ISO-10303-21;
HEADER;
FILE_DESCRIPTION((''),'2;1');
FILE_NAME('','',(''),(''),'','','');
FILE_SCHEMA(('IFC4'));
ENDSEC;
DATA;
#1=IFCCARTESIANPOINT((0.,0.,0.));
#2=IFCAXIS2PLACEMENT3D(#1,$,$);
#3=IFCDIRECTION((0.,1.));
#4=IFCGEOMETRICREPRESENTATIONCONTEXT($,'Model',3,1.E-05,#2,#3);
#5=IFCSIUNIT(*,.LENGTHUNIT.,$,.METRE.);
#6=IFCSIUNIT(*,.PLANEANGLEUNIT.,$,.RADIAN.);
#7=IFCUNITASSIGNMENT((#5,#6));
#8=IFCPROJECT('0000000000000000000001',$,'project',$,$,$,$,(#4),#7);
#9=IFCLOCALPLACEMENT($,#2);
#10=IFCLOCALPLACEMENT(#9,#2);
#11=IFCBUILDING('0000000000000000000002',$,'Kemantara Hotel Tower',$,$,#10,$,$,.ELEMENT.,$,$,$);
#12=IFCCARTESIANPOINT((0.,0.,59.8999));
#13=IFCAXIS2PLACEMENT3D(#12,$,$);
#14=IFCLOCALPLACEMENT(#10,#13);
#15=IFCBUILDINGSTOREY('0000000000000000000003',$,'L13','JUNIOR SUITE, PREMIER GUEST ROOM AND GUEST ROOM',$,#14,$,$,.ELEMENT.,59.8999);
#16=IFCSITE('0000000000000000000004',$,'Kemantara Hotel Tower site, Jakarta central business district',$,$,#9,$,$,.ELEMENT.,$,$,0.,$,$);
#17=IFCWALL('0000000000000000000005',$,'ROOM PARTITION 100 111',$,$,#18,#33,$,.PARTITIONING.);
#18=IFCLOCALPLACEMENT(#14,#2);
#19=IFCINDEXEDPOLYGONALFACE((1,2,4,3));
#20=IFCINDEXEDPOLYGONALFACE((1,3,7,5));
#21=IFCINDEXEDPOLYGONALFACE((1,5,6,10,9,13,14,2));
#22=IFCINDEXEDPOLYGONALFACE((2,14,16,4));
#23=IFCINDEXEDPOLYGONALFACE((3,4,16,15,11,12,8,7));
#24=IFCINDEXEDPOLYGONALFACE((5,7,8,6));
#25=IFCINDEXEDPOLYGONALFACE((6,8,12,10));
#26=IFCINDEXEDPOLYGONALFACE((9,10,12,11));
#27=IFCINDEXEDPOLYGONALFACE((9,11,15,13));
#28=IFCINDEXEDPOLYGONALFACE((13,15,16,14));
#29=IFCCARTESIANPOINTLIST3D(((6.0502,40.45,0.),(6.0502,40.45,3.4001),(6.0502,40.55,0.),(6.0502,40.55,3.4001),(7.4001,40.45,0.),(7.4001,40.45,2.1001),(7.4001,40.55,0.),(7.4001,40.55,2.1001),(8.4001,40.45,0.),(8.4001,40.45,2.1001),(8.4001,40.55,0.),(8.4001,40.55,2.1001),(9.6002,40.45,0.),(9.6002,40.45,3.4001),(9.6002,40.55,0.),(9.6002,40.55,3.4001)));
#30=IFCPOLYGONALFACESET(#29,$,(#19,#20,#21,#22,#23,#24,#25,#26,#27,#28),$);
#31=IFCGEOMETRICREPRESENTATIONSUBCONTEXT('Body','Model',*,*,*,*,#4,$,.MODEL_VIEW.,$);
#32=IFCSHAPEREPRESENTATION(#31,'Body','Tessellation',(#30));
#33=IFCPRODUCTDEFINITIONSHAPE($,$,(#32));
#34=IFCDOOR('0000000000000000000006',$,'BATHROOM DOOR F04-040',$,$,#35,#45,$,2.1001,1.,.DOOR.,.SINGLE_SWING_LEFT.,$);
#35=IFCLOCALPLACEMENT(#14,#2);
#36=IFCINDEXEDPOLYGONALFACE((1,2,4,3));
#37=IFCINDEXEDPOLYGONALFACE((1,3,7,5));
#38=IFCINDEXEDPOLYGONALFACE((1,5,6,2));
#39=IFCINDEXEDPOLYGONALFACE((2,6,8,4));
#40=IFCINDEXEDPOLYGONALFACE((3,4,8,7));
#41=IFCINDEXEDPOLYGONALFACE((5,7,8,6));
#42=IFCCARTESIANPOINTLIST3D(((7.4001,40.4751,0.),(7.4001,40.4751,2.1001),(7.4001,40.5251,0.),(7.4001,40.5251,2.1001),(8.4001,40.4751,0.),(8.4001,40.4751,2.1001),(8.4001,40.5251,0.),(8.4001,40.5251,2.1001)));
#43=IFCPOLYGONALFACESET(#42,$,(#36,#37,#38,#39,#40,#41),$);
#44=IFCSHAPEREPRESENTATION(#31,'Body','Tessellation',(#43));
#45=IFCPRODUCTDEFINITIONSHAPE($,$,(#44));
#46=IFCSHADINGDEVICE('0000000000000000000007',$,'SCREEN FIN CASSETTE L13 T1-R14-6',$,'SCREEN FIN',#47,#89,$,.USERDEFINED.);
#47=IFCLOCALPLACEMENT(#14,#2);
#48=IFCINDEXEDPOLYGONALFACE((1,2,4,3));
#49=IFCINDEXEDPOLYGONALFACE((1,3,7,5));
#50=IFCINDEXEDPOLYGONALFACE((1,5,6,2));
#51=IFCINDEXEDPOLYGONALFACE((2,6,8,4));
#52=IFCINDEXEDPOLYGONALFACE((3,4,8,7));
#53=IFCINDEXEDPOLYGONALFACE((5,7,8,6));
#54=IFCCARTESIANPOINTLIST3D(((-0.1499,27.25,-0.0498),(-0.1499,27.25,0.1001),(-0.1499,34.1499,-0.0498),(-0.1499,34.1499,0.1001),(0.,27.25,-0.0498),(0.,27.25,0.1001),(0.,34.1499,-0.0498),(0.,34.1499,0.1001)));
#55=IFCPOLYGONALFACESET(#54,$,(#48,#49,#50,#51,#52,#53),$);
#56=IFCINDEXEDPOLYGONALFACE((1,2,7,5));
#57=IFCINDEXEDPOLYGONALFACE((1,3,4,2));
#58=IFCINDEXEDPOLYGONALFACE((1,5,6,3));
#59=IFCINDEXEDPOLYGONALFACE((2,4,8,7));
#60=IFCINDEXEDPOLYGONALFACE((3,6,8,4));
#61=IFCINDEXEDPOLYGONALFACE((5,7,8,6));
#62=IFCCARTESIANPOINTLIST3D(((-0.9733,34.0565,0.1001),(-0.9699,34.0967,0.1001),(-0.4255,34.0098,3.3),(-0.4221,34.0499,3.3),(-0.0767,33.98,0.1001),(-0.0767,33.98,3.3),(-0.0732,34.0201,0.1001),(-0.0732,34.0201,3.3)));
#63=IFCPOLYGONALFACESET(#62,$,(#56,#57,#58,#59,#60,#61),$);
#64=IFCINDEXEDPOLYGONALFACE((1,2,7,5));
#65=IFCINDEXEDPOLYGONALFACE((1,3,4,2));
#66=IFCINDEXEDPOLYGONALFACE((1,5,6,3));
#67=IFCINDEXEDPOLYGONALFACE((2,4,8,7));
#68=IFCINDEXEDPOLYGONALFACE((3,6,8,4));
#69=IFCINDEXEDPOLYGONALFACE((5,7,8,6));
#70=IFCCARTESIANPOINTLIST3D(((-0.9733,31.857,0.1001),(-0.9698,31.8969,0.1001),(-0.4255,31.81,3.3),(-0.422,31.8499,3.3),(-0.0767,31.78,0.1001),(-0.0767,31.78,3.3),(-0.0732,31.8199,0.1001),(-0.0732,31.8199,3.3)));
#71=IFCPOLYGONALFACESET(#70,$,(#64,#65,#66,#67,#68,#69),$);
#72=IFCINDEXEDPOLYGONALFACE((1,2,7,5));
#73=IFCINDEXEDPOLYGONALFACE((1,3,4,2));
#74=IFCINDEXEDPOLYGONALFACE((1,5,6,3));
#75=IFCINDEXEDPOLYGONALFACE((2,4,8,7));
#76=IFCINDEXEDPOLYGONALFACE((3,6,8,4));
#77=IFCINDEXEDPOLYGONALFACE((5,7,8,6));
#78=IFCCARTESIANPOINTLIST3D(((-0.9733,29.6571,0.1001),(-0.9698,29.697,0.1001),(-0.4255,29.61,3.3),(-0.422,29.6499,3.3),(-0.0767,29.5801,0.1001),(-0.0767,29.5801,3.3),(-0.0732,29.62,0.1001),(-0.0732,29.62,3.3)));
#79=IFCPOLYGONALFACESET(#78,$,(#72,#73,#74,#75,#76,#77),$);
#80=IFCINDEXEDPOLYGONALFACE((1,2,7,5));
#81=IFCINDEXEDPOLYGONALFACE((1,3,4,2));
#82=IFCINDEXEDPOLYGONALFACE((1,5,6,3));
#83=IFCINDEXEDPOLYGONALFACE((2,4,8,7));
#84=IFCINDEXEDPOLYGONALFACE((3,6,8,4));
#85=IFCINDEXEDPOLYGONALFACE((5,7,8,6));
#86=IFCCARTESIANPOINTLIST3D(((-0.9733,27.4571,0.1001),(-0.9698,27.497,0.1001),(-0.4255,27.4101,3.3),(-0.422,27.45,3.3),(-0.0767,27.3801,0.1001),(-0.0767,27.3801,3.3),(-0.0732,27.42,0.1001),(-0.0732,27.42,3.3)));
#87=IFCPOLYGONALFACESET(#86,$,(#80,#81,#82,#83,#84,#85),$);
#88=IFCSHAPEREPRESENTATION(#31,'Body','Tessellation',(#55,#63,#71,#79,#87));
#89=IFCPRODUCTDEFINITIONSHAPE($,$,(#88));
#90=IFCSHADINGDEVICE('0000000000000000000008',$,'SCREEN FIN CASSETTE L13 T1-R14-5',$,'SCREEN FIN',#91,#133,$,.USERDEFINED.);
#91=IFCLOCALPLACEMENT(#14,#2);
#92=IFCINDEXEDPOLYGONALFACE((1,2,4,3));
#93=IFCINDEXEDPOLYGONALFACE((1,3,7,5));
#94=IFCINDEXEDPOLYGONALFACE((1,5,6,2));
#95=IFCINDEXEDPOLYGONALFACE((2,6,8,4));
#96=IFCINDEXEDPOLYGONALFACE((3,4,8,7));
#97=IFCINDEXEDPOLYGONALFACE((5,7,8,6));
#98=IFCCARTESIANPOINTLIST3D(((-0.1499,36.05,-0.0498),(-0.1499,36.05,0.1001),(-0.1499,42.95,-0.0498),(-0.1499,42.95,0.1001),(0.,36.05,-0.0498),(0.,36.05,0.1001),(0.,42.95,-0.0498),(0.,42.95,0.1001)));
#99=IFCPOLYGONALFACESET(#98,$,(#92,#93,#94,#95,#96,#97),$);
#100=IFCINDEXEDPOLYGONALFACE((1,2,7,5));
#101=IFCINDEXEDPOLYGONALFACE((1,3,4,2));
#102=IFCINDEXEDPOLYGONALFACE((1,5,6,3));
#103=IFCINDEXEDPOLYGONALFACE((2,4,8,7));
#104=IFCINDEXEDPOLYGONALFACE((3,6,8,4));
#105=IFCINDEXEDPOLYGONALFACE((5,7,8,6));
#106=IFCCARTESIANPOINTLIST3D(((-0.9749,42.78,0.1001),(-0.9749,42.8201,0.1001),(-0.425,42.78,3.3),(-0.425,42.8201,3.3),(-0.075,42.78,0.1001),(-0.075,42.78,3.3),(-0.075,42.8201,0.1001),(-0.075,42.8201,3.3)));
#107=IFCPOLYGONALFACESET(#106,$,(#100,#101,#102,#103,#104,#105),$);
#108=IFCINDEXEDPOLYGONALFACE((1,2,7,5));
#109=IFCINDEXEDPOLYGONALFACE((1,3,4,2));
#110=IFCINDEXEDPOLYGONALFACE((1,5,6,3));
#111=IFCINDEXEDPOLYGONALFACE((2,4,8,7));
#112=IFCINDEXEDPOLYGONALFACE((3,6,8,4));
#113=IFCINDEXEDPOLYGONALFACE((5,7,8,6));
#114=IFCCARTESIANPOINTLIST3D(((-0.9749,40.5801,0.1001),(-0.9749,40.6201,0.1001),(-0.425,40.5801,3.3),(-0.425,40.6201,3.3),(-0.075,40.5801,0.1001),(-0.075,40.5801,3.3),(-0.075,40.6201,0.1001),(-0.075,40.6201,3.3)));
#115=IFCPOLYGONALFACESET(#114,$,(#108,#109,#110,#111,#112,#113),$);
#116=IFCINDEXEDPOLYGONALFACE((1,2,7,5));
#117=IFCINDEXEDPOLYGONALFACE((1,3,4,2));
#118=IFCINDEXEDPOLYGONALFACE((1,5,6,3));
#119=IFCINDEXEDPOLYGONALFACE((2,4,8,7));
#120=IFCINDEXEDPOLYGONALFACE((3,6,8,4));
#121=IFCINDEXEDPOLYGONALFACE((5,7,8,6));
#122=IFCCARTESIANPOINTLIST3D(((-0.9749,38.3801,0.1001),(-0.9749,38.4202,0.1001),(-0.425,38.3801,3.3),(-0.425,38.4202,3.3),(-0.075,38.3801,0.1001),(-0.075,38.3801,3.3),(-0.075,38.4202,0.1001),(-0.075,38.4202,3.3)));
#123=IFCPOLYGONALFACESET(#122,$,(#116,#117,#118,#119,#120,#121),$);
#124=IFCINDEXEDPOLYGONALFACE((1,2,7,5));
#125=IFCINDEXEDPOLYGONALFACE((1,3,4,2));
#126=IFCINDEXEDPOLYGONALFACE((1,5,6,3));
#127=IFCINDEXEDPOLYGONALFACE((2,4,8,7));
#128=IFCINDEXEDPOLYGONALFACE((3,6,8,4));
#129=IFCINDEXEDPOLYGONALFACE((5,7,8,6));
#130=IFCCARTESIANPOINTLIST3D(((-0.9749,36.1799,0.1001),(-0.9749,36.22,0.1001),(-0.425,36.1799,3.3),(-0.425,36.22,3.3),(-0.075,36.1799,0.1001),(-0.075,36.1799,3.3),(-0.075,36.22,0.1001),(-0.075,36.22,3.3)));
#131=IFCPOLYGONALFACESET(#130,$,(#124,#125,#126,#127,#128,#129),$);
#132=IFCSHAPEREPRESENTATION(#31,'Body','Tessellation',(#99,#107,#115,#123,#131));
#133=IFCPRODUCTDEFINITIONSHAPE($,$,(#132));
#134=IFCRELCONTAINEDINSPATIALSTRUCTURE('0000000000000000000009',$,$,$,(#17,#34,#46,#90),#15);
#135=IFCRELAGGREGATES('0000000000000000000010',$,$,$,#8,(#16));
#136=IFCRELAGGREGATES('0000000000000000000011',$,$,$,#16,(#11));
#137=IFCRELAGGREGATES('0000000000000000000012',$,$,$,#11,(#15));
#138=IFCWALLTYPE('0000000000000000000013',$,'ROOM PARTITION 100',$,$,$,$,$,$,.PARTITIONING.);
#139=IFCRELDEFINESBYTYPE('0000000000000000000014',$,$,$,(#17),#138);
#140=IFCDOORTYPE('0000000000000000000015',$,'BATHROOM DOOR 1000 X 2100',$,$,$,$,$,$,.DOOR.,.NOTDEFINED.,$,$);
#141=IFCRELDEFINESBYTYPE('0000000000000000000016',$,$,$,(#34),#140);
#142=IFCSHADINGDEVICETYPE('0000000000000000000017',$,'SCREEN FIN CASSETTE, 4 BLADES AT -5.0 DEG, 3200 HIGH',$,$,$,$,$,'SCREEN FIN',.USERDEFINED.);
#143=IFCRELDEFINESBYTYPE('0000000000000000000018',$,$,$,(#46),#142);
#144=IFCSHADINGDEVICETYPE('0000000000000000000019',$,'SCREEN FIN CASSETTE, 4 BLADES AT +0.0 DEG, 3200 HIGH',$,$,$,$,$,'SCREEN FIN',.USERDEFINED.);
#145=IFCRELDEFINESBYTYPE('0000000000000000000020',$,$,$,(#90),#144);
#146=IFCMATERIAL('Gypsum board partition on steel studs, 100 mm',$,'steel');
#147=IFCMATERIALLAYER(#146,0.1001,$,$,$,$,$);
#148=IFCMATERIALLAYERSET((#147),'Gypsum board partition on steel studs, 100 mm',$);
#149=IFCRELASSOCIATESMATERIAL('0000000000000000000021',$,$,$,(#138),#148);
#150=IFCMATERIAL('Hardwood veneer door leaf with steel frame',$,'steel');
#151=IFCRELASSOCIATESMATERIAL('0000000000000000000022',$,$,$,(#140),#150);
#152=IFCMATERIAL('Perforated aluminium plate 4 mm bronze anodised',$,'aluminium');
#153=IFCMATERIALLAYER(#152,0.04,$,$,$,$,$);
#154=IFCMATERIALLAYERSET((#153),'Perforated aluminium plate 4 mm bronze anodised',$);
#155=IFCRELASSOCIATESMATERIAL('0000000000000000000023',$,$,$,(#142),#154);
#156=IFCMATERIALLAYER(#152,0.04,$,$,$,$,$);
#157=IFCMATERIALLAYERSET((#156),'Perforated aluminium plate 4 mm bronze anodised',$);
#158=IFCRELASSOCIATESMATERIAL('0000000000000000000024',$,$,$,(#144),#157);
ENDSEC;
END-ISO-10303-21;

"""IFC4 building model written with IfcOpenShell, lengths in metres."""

from ifc_helpers import new_model, si_unit, direction, frame, frame_2d, origin, origin_2d, place, context, subcontext, project, spatial, polyline, rectangle, outline, extrude, source, transform, mapped, material, layer, layer_set, type_object, element, fill, save


model = new_model("IFC4")

# Units and contexts
model_context = context("Model", 3, precision=1e-05, world=origin(), true_north=direction((0.0, 1.0)))
body_context = subcontext(model_context, "Body", "Model", "MODEL_VIEW")
ifc_project = project(units=[si_unit("LENGTHUNIT", "METRE"), si_unit("PLANEANGLEUNIT", "RADIAN")], contexts=[model_context])

# Site, building, storey
site_placement = place(None, origin())
site = spatial("IfcSite", under=ifc_project, at=site_placement, Name="Kemantara Hotel Tower site, Jakarta central business district", CompositionType="ELEMENT", RefElevation=0.0)
building_placement = place(site_placement, origin())
building = spatial("IfcBuilding", under=site, at=building_placement, Name="Kemantara Hotel Tower", CompositionType="ELEMENT")
storey_placement = place(building_placement, frame((0.0, 0.0, 59.8999)))
storey = spatial("IfcBuildingStorey", under=building, at=storey_placement, Name="L13", Description="JUNIOR SUITE, PREMIER GUEST ROOM AND GUEST ROOM", CompositionType="ELEMENT", Elevation=59.8999)

# Shared definitions
ifc_material_1 = material(Name="Hardwood veneer door leaf with steel frame", Category="steel")

# Shared definitions
ifc_material_2 = material(Name="Gypsum board partition on steel studs, 100 mm", Category="steel")
ifc_layer_1 = layer(ifc_material_2, 0.1001)
ifc_layer_set_1 = layer_set([ifc_layer_1], Name="Gypsum board partition on steel studs, 100 mm")
wall_type_1 = type_object("IfcWallType", Name="ROOM PARTITION 100", PredefinedType="PARTITIONING", material=ifc_layer_set_1)

# Wall, opening, door
wall_1_placement = place(storey_placement, frame((9.6001, 40.5, 0.0), z_axis=(0.0, 0.0, 1.0), x_axis=(-1.0, 0.0, 0.0)))
wall_1 = element("IfcWall", 1, at=wall_1_placement, inside=storey, type_object=wall_type_1, Name="ROOM PARTITION 100 111", PredefinedType="PARTITIONING", context=body_context, shape_type="SweptSolid", body=[
    extrude(rectangle(XDim=3.55, YDim=0.1001, at=frame_2d((1.7749, 0.0))), origin(), (0.0, 0.0, 1.0), 3.4001),
])
opening_1_placement = place(wall_1_placement, frame((1.2, 0.0, 0.0)))
opening_1 = element("IfcOpeningElement", 2, at=opening_1_placement, cuts=wall_1, PredefinedType="OPENING", context=body_context, shape_type="SweptSolid", body=[
    extrude(rectangle(XDim=1.0, YDim=2.1001, at=frame_2d((0.5, 1.05))), frame((0.0, 0.0601, 0.0), z_axis=(0.0, -1.0, 0.0), x_axis=(1.0, 0.0, 0.0)), (0.0, 0.0, 1.0), 0.1201),
])
door_type_1 = type_object("IfcDoorType", Name="BATHROOM DOOR 1000 X 2100", OperationType="NOTDEFINED", PredefinedType="DOOR", material=ifc_material_1)
door_1_placement = place(opening_1_placement, origin())
door_1 = element("IfcDoor", 3, at=door_1_placement, inside=storey, type_object=door_type_1, Name="BATHROOM DOOR F04-040", OperationType="SINGLE_SWING_LEFT", OverallHeight=2.1001, OverallWidth=1.0, PredefinedType="DOOR", context=body_context, shape_type="SweptSolid", body=[
    extrude(rectangle(XDim=1.0, YDim=2.1001, at=frame_2d((0.5, 1.05))), frame((0.0, 0.0249, 0.0), z_axis=(0.0, -1.0, 0.0), x_axis=(1.0, 0.0, 0.0)), (0.0, 0.0, 1.0), 0.05),
])
fill(opening_1, door_1)

# Shading devices
ifc_material_3 = material(Name="Perforated aluminium plate 4 mm bronze anodised", Category="aluminium")
ifc_layer_2 = layer(ifc_material_3, 0.04)
ifc_layer_set_2 = layer_set([ifc_layer_2], Name="Perforated aluminium plate 4 mm bronze anodised")
shading_device_type_1 = type_object("IfcShadingDeviceType", Name="SCREEN FIN CASSETTE, 4 BLADES AT -5.0 DEG, 3200 HIGH", ElementType="SCREEN FIN", PredefinedType="USERDEFINED", material=ifc_layer_set_2)
shared_shape_1 = source(origin(), body_context, "Body", "SweptSolid", [
    extrude(rectangle(XDim=6.8999, YDim=0.1499, at=origin_2d()), frame((3.3, -0.075, -0.1499), z_axis=(0.0, 0.0, 1.0), x_axis=(1.0, 0.0, 0.0)), (0.0, 0.0, 1.0), 0.1499),
    extrude(outline(polyline([(0.0, 0.0), (0.8999, 0.0), (0.3501, 3.2), (0.0, 3.2), (0.0, 0.0)])), frame((0.02, -0.0767, 0.0), z_axis=(-0.996376, 0.085056, 0.0), x_axis=(-0.085056, -0.996376, 0.0)), (0.0, 0.0, 1.0), 0.0403),
    extrude(outline(polyline([(0.0, 0.0), (0.8999, 0.0), (0.3501, 3.2), (0.0, 3.2), (0.0, 0.0)])), frame((2.22, -0.0767, 0.0), z_axis=(-0.996332, 0.085575, 0.0), x_axis=(-0.085575, -0.996332, 0.0)), (0.0, 0.0, 1.0), 0.04),
    extrude(outline(polyline([(0.0, 0.0), (0.8999, 0.0), (0.3501, 3.2), (0.0, 3.2), (0.0, 0.0)])), frame((4.4199, -0.0767, 0.0), z_axis=(-0.996332, 0.085575, 0.0), x_axis=(-0.085575, -0.996332, 0.0)), (0.0, 0.0, 1.0), 0.04),
    extrude(outline(polyline([(0.0, 0.0), (0.8999, 0.0), (0.3501, 3.2), (0.0, 3.2), (0.0, 0.0)])), frame((6.6199, -0.0767, 0.0), z_axis=(-0.996332, 0.085575, 0.0), x_axis=(-0.085575, -0.996332, 0.0)), (0.0, 0.0, 1.0), 0.04),
])
shading_device_1_placement = place(storey_placement, frame((0.0, 34.0, 0.1001), z_axis=(0.0, 0.0, 1.0), x_axis=(0.0, -1.0, 0.0)))
element("IfcShadingDevice", 4, at=shading_device_1_placement, inside=storey, type_object=shading_device_type_1, Name="SCREEN FIN CASSETTE L13 T1-R14-6", ObjectType="SCREEN FIN", PredefinedType="USERDEFINED", context=body_context, shape_type="MappedRepresentation", body=[
    mapped(shared_shape_1, transform((0.0, 0.0, 0.0))),
])
ifc_layer_3 = layer(ifc_material_3, 0.04)
ifc_layer_set_3 = layer_set([ifc_layer_3], Name="Perforated aluminium plate 4 mm bronze anodised")
shading_device_type_2 = type_object("IfcShadingDeviceType", Name="SCREEN FIN CASSETTE, 4 BLADES AT +0.0 DEG, 3200 HIGH", ElementType="SCREEN FIN", PredefinedType="USERDEFINED", material=ifc_layer_set_3)
shared_shape_2 = source(origin(), body_context, "Body", "SweptSolid", [
    extrude(rectangle(XDim=6.8999, YDim=0.1499, at=origin_2d()), frame((3.3, -0.075, -0.1499), z_axis=(0.0, 0.0, 1.0), x_axis=(1.0, 0.0, 0.0)), (0.0, 0.0, 1.0), 0.1499),
    extrude(outline(polyline([(0.0, 0.0), (0.8999, 0.0), (0.3501, 3.2), (0.0, 3.2), (0.0, 0.0)])), frame((0.02, -0.075, 0.0), z_axis=(-1.0, 0.0, 0.0), x_axis=(0.0, -1.0, 0.0)), (0.0, 0.0, 1.0), 0.04),
    extrude(outline(polyline([(0.0, 0.0), (0.8999, 0.0), (0.3501, 3.2), (0.0, 3.2), (0.0, 0.0)])), frame((2.22, -0.075, 0.0), z_axis=(-1.0, 0.0, 0.0), x_axis=(0.0, -1.0, 0.0)), (0.0, 0.0, 1.0), 0.04),
    extrude(outline(polyline([(0.0, 0.0), (0.8999, 0.0), (0.3501, 3.2), (0.0, 3.2), (0.0, 0.0)])), frame((4.4199, -0.075, 0.0), z_axis=(-1.0, 0.0, 0.0), x_axis=(0.0, -1.0, 0.0)), (0.0, 0.0, 1.0), 0.04),
    extrude(outline(polyline([(0.0, 0.0), (0.8999, 0.0), (0.3501, 3.2), (0.0, 3.2), (0.0, 0.0)])), frame((6.6201, -0.075, 0.0), z_axis=(-1.0, 0.0, 0.0), x_axis=(0.0, -1.0, 0.0)), (0.0, 0.0, 1.0), 0.04),
])
shading_device_2_placement = place(storey_placement, frame((0.0, 42.8, 0.1001), z_axis=(0.0, 0.0, 1.0), x_axis=(0.0, -1.0, 0.0)))
element("IfcShadingDevice", 5, at=shading_device_2_placement, inside=storey, type_object=shading_device_type_2, Name="SCREEN FIN CASSETTE L13 T1-R14-5", ObjectType="SCREEN FIN", PredefinedType="USERDEFINED", context=body_context, shape_type="MappedRepresentation", body=[
    mapped(shared_shape_2, transform((0.0, 0.0, 0.0))),
])

save(model, "model.ifc")
